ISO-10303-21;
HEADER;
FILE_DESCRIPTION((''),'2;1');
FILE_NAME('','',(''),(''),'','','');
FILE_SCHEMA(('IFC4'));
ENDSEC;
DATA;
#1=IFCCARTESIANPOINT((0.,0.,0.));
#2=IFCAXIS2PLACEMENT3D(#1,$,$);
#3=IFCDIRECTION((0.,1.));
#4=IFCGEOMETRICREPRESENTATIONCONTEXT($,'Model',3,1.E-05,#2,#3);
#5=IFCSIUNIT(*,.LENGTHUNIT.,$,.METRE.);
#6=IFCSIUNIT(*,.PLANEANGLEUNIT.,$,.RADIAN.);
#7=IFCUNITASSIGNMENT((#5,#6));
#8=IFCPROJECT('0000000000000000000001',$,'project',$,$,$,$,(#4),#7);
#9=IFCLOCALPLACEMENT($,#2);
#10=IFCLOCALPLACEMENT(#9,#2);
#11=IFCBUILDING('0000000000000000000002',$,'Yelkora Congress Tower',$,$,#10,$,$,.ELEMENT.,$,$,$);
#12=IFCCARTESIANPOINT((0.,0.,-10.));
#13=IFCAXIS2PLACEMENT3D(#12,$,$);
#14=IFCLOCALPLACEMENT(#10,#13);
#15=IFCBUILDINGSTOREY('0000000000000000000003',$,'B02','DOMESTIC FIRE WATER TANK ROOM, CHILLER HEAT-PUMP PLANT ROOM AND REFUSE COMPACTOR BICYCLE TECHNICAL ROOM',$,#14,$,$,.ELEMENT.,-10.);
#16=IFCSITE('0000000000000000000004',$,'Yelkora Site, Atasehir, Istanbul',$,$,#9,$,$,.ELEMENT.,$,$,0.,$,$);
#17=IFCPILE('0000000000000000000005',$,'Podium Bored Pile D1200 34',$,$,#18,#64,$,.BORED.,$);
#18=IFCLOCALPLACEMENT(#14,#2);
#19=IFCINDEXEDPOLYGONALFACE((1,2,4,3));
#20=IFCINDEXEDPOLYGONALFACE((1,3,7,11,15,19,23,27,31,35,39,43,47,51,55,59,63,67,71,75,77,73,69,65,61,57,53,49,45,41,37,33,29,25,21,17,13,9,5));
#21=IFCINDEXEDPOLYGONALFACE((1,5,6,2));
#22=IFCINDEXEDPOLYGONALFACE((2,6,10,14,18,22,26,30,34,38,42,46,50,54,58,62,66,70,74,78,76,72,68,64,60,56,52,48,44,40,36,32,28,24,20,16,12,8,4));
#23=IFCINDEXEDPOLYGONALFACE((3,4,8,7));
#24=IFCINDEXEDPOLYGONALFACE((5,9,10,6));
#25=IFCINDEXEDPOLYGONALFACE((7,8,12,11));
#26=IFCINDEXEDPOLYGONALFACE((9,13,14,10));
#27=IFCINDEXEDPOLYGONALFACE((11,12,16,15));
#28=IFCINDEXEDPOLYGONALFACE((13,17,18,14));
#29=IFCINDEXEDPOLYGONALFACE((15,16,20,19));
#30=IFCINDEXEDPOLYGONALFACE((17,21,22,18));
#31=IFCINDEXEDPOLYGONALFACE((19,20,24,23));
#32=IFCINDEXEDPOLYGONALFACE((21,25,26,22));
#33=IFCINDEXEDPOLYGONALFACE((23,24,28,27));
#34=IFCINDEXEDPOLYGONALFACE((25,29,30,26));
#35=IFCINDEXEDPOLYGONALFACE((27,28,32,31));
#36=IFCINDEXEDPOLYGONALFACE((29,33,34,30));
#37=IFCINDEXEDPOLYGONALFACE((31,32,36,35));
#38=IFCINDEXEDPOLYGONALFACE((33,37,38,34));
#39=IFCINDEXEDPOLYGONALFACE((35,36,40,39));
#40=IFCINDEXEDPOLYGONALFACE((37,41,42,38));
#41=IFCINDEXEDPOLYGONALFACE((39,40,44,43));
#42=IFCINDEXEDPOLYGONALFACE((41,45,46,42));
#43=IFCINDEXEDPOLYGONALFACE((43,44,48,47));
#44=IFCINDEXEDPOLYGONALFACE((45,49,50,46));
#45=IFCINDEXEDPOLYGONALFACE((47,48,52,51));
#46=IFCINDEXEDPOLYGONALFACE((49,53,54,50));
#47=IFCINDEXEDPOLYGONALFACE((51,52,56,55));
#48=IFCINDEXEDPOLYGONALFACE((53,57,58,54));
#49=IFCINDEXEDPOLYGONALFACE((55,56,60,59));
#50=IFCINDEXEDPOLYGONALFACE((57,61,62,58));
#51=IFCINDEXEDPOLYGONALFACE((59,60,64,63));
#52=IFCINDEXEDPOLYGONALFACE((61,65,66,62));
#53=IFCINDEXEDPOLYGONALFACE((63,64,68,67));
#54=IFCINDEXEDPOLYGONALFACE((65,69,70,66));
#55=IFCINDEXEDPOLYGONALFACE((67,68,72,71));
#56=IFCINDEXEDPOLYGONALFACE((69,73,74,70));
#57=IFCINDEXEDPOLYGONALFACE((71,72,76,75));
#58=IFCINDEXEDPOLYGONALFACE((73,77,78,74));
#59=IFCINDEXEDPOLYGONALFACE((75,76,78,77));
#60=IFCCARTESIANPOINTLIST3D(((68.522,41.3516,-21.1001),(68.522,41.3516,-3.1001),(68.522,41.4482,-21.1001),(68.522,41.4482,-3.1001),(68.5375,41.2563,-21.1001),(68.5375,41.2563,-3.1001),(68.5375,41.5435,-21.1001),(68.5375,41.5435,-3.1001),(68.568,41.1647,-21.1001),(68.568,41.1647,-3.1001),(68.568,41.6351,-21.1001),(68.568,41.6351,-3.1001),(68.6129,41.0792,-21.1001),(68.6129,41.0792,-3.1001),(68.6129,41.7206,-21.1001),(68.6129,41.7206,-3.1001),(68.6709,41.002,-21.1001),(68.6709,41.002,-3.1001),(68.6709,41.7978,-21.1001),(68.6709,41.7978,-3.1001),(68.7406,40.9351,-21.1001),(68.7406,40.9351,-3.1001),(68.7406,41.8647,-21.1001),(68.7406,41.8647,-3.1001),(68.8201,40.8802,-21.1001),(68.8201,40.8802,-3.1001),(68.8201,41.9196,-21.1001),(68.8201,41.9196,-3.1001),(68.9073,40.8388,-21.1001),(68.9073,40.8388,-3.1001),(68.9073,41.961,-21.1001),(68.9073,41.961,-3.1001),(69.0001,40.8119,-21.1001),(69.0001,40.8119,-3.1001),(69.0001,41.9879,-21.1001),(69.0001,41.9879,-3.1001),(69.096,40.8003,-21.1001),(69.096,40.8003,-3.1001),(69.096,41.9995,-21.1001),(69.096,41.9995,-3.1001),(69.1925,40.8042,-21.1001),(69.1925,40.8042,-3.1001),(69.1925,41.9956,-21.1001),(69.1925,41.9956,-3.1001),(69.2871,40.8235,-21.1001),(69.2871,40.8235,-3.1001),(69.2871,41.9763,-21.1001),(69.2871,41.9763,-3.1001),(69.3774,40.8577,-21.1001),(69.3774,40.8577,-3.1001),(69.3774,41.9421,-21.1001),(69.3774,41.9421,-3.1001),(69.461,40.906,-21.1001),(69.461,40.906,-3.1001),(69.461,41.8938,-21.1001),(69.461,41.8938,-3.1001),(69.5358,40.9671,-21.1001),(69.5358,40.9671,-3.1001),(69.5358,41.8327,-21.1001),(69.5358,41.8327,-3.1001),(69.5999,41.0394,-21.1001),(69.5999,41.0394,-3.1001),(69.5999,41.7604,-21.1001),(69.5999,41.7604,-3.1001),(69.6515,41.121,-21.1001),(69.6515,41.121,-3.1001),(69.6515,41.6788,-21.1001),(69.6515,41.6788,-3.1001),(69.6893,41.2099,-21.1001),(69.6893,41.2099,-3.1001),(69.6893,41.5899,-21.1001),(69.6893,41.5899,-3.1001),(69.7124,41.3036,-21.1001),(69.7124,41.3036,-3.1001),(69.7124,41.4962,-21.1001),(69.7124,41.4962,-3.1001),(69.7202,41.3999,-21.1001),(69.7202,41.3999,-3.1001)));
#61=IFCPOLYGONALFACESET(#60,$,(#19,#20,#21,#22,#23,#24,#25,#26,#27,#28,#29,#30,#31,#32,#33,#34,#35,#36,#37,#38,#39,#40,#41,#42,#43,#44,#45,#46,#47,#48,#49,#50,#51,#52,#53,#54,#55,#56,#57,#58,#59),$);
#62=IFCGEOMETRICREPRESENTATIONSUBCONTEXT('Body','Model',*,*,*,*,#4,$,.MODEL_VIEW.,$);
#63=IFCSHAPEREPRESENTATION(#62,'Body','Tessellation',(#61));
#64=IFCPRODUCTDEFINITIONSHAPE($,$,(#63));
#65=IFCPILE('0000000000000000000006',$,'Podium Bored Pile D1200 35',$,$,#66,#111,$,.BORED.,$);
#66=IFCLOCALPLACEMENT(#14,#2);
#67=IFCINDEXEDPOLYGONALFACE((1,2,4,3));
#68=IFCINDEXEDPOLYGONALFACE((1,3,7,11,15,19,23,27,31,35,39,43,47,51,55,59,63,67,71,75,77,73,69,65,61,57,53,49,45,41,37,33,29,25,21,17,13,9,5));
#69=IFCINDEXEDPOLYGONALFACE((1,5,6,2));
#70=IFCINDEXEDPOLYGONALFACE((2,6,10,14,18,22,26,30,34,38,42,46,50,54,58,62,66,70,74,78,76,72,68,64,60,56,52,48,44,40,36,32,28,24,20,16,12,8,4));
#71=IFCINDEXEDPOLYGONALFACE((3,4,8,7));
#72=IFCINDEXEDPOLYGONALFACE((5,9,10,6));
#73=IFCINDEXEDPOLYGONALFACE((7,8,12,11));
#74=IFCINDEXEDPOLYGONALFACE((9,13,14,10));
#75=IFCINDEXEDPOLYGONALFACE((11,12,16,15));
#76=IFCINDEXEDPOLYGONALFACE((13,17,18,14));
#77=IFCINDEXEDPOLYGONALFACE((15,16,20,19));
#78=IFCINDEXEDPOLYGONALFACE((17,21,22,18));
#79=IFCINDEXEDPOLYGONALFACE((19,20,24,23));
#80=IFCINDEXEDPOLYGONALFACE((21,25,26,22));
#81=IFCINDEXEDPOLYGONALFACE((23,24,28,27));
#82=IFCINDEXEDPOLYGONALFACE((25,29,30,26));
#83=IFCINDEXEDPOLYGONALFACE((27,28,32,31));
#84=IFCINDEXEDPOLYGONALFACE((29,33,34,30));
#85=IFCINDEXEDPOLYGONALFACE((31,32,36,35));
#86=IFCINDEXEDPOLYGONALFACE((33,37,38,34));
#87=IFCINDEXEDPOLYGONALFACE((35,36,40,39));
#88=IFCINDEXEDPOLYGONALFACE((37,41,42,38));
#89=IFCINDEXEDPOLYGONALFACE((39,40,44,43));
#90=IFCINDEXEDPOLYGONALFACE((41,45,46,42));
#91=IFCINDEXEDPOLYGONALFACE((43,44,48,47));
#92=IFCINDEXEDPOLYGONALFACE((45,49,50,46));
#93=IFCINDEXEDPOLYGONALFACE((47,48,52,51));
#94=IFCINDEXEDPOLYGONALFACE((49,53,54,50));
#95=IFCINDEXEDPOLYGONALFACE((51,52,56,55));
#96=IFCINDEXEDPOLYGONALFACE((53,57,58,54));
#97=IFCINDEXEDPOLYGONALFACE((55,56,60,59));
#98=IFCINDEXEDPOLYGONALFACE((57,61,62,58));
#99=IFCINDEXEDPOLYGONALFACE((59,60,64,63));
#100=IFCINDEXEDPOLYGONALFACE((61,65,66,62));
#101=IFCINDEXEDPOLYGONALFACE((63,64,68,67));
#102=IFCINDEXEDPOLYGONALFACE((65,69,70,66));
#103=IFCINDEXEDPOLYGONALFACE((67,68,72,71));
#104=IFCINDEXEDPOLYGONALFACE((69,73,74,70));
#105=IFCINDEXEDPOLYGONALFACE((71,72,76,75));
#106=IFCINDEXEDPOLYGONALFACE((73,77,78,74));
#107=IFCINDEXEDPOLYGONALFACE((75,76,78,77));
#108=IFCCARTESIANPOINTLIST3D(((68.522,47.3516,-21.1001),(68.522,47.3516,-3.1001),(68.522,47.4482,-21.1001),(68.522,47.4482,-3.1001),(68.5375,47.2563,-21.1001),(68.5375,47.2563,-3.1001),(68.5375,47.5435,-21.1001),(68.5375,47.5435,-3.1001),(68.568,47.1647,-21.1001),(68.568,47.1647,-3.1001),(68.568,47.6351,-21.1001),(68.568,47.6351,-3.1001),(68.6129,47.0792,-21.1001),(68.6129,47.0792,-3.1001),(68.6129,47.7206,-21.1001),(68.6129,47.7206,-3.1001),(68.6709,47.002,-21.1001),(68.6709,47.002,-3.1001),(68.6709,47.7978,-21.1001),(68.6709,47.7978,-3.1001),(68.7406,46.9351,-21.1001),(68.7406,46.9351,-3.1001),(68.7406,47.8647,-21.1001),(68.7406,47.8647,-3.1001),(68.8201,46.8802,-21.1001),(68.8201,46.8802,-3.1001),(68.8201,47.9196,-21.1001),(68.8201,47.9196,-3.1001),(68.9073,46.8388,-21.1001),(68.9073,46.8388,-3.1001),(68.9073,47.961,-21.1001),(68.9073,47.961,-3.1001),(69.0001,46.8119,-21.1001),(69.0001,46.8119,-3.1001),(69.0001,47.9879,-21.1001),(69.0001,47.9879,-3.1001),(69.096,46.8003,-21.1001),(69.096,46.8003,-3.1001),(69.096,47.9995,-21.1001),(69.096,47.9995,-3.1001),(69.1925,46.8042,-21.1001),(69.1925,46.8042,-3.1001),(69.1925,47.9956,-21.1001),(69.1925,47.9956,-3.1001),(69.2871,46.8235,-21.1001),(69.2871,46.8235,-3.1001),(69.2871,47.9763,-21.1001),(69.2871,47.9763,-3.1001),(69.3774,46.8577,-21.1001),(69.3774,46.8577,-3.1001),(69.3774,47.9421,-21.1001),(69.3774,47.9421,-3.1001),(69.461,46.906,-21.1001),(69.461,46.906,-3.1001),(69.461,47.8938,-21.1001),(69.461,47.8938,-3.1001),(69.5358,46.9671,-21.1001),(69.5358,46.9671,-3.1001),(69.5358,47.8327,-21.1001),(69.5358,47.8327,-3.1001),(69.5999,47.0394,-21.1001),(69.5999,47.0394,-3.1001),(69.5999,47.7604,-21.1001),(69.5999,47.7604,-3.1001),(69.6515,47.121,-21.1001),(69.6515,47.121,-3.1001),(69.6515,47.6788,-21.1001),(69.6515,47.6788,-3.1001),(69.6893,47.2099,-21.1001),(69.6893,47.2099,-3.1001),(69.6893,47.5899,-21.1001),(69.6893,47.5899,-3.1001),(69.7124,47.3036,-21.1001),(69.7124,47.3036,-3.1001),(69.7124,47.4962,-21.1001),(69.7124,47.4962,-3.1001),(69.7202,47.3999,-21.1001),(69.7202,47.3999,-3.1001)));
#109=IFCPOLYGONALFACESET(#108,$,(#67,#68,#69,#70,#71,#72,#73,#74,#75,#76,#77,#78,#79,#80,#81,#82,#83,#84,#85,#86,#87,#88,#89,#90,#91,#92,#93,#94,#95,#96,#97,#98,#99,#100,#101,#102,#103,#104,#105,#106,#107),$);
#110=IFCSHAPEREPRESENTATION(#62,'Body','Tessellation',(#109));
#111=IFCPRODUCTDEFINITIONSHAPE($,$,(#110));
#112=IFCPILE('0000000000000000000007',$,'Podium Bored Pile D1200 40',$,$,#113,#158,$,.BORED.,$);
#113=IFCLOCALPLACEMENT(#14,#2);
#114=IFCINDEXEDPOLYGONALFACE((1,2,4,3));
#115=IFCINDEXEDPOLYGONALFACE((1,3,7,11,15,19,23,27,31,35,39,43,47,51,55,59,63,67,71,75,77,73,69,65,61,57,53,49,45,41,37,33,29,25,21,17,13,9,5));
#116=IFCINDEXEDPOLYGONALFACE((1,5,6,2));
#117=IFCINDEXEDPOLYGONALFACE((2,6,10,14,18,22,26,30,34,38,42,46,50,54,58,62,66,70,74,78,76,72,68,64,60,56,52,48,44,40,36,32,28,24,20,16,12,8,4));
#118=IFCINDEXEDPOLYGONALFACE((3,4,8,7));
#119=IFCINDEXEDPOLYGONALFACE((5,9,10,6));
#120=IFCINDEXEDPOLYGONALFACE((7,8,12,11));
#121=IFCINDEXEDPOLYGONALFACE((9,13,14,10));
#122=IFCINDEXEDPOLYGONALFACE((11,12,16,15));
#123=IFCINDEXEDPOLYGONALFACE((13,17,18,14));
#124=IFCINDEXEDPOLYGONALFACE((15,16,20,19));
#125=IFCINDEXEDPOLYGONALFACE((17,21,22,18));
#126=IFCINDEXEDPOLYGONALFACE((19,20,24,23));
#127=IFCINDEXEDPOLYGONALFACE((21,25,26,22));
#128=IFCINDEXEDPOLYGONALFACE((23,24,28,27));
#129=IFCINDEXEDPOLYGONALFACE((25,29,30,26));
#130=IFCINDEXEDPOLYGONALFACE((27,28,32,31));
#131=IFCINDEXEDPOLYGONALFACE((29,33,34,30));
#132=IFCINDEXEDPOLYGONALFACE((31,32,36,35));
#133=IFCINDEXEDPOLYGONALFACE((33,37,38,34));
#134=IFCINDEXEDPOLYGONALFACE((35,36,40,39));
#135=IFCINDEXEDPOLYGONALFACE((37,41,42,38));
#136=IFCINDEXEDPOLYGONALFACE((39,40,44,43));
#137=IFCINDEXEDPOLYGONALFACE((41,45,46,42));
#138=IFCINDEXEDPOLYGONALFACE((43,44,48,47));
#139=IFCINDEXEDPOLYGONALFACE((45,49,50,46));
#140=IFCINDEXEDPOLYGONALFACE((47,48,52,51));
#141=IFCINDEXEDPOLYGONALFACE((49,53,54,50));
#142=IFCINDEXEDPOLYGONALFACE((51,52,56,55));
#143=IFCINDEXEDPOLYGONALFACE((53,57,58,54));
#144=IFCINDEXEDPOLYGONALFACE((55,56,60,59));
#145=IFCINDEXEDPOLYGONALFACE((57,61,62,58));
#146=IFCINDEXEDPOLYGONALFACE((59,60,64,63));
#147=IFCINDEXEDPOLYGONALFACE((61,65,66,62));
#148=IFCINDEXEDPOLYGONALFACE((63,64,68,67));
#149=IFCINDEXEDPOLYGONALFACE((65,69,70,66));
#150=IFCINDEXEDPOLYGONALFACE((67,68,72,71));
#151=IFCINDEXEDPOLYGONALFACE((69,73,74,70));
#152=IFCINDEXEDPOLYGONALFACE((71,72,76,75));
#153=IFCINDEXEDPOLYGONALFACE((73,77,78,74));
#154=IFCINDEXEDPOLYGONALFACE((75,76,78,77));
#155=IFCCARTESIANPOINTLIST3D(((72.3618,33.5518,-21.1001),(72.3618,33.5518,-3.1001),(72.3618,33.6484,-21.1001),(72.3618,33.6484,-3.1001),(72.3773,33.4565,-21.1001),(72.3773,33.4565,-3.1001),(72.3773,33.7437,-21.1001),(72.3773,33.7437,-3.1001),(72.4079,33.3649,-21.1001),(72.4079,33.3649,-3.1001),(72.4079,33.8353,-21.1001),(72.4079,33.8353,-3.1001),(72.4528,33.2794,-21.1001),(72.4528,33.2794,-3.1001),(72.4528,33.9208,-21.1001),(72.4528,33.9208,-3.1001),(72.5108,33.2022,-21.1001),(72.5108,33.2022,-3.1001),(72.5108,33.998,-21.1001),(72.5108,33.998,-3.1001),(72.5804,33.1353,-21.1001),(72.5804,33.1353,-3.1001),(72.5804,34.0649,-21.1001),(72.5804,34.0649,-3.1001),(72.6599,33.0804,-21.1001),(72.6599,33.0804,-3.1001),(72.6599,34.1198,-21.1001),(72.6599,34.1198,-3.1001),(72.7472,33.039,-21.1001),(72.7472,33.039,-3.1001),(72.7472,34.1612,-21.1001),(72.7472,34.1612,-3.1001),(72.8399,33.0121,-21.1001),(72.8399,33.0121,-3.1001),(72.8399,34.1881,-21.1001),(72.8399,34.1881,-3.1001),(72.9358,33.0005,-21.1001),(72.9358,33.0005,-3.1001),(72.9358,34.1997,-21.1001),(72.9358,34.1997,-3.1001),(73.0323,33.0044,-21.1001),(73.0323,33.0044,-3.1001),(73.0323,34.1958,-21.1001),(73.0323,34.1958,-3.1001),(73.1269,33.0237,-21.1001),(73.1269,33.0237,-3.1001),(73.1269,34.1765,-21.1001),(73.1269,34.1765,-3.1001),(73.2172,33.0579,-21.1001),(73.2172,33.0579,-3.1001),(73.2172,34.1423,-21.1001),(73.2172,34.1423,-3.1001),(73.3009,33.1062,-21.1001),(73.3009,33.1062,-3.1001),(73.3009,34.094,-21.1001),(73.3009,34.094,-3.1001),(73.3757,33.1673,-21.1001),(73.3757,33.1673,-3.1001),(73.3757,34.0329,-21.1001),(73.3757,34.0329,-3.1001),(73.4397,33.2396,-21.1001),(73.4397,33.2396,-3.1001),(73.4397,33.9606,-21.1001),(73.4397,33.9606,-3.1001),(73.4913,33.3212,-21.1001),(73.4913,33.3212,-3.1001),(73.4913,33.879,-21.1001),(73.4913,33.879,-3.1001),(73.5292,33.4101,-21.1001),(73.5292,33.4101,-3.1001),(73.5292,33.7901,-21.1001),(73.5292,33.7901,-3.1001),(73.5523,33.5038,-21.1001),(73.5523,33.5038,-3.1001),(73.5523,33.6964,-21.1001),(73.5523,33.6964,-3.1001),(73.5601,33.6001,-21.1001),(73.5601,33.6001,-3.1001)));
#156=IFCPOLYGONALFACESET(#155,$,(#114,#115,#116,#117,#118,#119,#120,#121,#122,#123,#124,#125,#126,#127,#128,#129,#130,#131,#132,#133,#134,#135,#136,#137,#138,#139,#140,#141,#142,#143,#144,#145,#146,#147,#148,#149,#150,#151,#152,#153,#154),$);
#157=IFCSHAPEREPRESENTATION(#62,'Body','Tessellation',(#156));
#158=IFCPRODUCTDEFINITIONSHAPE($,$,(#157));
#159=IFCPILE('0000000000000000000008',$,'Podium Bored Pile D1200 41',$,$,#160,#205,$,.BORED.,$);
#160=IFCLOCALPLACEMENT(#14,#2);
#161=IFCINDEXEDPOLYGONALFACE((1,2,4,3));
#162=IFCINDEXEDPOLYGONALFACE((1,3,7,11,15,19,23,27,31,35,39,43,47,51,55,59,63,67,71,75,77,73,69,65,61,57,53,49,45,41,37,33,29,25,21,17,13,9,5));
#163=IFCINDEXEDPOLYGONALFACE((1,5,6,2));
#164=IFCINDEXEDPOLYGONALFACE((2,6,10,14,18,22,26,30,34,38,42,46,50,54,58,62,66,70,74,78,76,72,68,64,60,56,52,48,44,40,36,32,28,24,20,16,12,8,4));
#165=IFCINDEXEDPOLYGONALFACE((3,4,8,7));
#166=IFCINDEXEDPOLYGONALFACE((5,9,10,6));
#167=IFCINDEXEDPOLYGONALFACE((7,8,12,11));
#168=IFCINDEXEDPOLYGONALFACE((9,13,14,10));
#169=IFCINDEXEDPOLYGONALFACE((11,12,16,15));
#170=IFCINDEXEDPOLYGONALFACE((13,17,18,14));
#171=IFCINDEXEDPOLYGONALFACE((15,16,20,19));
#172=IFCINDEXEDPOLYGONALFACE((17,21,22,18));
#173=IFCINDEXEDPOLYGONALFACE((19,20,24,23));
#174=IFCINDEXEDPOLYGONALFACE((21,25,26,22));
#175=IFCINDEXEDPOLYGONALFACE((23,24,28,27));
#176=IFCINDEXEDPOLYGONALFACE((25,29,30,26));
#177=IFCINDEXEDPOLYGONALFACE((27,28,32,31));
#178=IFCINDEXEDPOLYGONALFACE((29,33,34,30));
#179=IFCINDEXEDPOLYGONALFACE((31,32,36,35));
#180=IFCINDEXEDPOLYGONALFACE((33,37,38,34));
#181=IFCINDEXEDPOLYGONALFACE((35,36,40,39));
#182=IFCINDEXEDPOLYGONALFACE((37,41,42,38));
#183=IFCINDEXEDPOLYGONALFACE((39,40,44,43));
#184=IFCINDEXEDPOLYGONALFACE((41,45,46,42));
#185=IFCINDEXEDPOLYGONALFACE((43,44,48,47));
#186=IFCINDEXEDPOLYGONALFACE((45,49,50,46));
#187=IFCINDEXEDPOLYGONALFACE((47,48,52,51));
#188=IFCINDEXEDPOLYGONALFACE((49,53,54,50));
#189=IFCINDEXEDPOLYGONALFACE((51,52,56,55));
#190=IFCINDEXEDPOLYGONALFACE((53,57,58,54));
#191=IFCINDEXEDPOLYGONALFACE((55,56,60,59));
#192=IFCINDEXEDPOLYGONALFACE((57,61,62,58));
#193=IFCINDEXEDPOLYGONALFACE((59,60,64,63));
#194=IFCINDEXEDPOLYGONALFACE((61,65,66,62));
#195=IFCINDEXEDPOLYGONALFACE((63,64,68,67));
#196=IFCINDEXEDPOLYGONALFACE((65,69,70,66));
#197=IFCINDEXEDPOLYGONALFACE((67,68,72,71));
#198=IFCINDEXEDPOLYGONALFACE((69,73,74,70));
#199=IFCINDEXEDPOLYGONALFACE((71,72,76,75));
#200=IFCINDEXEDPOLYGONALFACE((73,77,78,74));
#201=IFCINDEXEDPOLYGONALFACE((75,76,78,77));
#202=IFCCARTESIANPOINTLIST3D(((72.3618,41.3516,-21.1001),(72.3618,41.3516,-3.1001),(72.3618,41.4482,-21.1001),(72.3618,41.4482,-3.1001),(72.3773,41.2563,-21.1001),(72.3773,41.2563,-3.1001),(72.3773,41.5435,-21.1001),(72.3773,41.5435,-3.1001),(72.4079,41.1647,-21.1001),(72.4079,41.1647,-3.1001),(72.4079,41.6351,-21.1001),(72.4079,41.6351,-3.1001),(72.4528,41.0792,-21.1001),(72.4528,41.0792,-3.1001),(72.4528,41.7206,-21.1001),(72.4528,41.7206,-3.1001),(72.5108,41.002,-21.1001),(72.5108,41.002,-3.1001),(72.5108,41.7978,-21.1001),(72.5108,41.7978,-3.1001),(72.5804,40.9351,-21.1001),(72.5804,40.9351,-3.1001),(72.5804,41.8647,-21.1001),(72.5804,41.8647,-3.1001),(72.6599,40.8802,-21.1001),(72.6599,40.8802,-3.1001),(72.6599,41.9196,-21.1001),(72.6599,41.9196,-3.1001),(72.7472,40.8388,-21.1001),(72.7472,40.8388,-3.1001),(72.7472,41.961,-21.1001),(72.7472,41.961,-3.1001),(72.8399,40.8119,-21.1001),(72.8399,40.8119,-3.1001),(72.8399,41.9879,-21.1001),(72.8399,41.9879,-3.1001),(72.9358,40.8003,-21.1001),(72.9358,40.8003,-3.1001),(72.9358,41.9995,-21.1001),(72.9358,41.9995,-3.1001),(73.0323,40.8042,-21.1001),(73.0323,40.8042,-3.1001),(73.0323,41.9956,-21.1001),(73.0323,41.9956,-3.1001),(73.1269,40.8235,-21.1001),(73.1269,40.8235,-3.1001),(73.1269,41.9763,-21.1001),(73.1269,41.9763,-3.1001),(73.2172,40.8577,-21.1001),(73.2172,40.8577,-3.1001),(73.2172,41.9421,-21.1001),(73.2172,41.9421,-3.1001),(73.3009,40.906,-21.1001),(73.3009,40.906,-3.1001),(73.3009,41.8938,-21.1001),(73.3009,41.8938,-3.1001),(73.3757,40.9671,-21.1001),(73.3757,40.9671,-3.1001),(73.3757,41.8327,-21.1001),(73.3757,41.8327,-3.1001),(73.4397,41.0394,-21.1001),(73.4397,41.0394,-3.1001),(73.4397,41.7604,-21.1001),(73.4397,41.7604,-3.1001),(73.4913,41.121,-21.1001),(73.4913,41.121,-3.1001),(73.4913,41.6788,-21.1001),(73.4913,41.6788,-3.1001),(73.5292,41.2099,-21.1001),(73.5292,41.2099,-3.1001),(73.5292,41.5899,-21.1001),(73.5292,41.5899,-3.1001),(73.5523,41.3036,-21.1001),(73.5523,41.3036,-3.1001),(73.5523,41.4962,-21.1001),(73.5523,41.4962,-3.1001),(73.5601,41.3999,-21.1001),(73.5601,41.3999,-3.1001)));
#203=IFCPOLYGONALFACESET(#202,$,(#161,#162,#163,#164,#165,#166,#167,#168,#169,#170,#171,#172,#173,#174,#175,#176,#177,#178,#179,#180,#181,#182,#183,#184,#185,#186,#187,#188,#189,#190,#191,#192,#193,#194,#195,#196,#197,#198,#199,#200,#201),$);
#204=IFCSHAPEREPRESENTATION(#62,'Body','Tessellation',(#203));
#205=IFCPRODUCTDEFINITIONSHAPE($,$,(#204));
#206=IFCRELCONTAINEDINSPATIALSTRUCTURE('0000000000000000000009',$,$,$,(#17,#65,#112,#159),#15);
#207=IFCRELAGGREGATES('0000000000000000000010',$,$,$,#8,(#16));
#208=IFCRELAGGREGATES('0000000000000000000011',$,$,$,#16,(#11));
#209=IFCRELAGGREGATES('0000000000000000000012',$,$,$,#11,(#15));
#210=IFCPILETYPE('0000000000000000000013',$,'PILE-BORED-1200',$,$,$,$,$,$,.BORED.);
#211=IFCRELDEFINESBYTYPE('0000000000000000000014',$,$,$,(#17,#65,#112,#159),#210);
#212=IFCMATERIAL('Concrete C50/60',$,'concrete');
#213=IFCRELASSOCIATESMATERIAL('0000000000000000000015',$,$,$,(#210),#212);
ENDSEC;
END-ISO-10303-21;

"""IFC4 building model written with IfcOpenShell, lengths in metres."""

from ifc_helpers import new_model, si_unit, direction, frame, origin, origin_2d, place, context, subcontext, project, spatial, circle, extrude, material, material_profile, profile_set, type_object, element, save


model = new_model("IFC4")

# Units and contexts
model_context = context("Model", 3, precision=1e-05, world=origin(), true_north=direction((0.0, 1.0)))
body_context = subcontext(model_context, "Body", "Model", "MODEL_VIEW")
ifc_project = project(units=[si_unit("LENGTHUNIT", "METRE"), si_unit("PLANEANGLEUNIT", "RADIAN")], contexts=[model_context])

# Site, building, storey
site_placement = place(None, origin())
site = spatial("IfcSite", under=ifc_project, at=site_placement, Name="Yelkora Site, Atasehir, Istanbul", CompositionType="ELEMENT", RefElevation=0.0)
building_placement = place(site_placement, origin())
building = spatial("IfcBuilding", under=site, at=building_placement, Name="Yelkora Congress Tower", CompositionType="ELEMENT")
storey_placement = place(building_placement, frame((0.0, 0.0, -10.0)))
storey = spatial("IfcBuildingStorey", under=building, at=storey_placement, Name="B02", Description="DOMESTIC FIRE WATER TANK ROOM, CHILLER HEAT-PUMP PLANT ROOM AND REFUSE COMPACTOR BICYCLE TECHNICAL ROOM", CompositionType="ELEMENT", Elevation=-10.0)

# Piles
ifc_material_1 = material(Name="Concrete C50/60", Category="concrete")
ifc_material_profile_1 = material_profile(ifc_material_1, circle(Radius=0.6001, at=origin_2d()), Name="PILE D1200")
ifc_profile_set_1 = profile_set([ifc_material_profile_1], Name="Concrete C50/60")
pile_type = type_object("IfcPileType", Name="PILE-BORED-1200", PredefinedType="BORED", material=ifc_profile_set_1)
for number, where, z_axis, x_axis, name in (
    (1, (69.1201, 41.3999, -3.1001), (0.0, 0.0, -1.0), (1.0, 0.0, 0.0), "Podium Bored Pile D1200 34"),
    (2, (69.1201, 47.3999, -3.1001), (0.0, 0.0, -1.0), (1.0, 0.0, 0.0), "Podium Bored Pile D1200 35"),
    (3, (72.96, 33.6001, -3.1001), (0.0, 0.0, -1.0), (1.0, 0.0, 0.0), "Podium Bored Pile D1200 40"),
    (4, (72.96, 41.3999, -3.1001), (0.0, 0.0, -1.0), (1.0, 0.0, 0.0), "Podium Bored Pile D1200 41"),
):
    element("IfcPile", number, at=place(storey_placement, frame(where, z_axis=z_axis, x_axis=x_axis)), inside=storey, type_object=pile_type, Name=name, PredefinedType="BORED", context=body_context, shape_type="SweptSolid", body=[
        extrude(circle(Radius=0.6001, at=origin_2d()), origin(), (0.0, 0.0, 1.0), 18.0),
    ])

save(model, "model.ifc")
